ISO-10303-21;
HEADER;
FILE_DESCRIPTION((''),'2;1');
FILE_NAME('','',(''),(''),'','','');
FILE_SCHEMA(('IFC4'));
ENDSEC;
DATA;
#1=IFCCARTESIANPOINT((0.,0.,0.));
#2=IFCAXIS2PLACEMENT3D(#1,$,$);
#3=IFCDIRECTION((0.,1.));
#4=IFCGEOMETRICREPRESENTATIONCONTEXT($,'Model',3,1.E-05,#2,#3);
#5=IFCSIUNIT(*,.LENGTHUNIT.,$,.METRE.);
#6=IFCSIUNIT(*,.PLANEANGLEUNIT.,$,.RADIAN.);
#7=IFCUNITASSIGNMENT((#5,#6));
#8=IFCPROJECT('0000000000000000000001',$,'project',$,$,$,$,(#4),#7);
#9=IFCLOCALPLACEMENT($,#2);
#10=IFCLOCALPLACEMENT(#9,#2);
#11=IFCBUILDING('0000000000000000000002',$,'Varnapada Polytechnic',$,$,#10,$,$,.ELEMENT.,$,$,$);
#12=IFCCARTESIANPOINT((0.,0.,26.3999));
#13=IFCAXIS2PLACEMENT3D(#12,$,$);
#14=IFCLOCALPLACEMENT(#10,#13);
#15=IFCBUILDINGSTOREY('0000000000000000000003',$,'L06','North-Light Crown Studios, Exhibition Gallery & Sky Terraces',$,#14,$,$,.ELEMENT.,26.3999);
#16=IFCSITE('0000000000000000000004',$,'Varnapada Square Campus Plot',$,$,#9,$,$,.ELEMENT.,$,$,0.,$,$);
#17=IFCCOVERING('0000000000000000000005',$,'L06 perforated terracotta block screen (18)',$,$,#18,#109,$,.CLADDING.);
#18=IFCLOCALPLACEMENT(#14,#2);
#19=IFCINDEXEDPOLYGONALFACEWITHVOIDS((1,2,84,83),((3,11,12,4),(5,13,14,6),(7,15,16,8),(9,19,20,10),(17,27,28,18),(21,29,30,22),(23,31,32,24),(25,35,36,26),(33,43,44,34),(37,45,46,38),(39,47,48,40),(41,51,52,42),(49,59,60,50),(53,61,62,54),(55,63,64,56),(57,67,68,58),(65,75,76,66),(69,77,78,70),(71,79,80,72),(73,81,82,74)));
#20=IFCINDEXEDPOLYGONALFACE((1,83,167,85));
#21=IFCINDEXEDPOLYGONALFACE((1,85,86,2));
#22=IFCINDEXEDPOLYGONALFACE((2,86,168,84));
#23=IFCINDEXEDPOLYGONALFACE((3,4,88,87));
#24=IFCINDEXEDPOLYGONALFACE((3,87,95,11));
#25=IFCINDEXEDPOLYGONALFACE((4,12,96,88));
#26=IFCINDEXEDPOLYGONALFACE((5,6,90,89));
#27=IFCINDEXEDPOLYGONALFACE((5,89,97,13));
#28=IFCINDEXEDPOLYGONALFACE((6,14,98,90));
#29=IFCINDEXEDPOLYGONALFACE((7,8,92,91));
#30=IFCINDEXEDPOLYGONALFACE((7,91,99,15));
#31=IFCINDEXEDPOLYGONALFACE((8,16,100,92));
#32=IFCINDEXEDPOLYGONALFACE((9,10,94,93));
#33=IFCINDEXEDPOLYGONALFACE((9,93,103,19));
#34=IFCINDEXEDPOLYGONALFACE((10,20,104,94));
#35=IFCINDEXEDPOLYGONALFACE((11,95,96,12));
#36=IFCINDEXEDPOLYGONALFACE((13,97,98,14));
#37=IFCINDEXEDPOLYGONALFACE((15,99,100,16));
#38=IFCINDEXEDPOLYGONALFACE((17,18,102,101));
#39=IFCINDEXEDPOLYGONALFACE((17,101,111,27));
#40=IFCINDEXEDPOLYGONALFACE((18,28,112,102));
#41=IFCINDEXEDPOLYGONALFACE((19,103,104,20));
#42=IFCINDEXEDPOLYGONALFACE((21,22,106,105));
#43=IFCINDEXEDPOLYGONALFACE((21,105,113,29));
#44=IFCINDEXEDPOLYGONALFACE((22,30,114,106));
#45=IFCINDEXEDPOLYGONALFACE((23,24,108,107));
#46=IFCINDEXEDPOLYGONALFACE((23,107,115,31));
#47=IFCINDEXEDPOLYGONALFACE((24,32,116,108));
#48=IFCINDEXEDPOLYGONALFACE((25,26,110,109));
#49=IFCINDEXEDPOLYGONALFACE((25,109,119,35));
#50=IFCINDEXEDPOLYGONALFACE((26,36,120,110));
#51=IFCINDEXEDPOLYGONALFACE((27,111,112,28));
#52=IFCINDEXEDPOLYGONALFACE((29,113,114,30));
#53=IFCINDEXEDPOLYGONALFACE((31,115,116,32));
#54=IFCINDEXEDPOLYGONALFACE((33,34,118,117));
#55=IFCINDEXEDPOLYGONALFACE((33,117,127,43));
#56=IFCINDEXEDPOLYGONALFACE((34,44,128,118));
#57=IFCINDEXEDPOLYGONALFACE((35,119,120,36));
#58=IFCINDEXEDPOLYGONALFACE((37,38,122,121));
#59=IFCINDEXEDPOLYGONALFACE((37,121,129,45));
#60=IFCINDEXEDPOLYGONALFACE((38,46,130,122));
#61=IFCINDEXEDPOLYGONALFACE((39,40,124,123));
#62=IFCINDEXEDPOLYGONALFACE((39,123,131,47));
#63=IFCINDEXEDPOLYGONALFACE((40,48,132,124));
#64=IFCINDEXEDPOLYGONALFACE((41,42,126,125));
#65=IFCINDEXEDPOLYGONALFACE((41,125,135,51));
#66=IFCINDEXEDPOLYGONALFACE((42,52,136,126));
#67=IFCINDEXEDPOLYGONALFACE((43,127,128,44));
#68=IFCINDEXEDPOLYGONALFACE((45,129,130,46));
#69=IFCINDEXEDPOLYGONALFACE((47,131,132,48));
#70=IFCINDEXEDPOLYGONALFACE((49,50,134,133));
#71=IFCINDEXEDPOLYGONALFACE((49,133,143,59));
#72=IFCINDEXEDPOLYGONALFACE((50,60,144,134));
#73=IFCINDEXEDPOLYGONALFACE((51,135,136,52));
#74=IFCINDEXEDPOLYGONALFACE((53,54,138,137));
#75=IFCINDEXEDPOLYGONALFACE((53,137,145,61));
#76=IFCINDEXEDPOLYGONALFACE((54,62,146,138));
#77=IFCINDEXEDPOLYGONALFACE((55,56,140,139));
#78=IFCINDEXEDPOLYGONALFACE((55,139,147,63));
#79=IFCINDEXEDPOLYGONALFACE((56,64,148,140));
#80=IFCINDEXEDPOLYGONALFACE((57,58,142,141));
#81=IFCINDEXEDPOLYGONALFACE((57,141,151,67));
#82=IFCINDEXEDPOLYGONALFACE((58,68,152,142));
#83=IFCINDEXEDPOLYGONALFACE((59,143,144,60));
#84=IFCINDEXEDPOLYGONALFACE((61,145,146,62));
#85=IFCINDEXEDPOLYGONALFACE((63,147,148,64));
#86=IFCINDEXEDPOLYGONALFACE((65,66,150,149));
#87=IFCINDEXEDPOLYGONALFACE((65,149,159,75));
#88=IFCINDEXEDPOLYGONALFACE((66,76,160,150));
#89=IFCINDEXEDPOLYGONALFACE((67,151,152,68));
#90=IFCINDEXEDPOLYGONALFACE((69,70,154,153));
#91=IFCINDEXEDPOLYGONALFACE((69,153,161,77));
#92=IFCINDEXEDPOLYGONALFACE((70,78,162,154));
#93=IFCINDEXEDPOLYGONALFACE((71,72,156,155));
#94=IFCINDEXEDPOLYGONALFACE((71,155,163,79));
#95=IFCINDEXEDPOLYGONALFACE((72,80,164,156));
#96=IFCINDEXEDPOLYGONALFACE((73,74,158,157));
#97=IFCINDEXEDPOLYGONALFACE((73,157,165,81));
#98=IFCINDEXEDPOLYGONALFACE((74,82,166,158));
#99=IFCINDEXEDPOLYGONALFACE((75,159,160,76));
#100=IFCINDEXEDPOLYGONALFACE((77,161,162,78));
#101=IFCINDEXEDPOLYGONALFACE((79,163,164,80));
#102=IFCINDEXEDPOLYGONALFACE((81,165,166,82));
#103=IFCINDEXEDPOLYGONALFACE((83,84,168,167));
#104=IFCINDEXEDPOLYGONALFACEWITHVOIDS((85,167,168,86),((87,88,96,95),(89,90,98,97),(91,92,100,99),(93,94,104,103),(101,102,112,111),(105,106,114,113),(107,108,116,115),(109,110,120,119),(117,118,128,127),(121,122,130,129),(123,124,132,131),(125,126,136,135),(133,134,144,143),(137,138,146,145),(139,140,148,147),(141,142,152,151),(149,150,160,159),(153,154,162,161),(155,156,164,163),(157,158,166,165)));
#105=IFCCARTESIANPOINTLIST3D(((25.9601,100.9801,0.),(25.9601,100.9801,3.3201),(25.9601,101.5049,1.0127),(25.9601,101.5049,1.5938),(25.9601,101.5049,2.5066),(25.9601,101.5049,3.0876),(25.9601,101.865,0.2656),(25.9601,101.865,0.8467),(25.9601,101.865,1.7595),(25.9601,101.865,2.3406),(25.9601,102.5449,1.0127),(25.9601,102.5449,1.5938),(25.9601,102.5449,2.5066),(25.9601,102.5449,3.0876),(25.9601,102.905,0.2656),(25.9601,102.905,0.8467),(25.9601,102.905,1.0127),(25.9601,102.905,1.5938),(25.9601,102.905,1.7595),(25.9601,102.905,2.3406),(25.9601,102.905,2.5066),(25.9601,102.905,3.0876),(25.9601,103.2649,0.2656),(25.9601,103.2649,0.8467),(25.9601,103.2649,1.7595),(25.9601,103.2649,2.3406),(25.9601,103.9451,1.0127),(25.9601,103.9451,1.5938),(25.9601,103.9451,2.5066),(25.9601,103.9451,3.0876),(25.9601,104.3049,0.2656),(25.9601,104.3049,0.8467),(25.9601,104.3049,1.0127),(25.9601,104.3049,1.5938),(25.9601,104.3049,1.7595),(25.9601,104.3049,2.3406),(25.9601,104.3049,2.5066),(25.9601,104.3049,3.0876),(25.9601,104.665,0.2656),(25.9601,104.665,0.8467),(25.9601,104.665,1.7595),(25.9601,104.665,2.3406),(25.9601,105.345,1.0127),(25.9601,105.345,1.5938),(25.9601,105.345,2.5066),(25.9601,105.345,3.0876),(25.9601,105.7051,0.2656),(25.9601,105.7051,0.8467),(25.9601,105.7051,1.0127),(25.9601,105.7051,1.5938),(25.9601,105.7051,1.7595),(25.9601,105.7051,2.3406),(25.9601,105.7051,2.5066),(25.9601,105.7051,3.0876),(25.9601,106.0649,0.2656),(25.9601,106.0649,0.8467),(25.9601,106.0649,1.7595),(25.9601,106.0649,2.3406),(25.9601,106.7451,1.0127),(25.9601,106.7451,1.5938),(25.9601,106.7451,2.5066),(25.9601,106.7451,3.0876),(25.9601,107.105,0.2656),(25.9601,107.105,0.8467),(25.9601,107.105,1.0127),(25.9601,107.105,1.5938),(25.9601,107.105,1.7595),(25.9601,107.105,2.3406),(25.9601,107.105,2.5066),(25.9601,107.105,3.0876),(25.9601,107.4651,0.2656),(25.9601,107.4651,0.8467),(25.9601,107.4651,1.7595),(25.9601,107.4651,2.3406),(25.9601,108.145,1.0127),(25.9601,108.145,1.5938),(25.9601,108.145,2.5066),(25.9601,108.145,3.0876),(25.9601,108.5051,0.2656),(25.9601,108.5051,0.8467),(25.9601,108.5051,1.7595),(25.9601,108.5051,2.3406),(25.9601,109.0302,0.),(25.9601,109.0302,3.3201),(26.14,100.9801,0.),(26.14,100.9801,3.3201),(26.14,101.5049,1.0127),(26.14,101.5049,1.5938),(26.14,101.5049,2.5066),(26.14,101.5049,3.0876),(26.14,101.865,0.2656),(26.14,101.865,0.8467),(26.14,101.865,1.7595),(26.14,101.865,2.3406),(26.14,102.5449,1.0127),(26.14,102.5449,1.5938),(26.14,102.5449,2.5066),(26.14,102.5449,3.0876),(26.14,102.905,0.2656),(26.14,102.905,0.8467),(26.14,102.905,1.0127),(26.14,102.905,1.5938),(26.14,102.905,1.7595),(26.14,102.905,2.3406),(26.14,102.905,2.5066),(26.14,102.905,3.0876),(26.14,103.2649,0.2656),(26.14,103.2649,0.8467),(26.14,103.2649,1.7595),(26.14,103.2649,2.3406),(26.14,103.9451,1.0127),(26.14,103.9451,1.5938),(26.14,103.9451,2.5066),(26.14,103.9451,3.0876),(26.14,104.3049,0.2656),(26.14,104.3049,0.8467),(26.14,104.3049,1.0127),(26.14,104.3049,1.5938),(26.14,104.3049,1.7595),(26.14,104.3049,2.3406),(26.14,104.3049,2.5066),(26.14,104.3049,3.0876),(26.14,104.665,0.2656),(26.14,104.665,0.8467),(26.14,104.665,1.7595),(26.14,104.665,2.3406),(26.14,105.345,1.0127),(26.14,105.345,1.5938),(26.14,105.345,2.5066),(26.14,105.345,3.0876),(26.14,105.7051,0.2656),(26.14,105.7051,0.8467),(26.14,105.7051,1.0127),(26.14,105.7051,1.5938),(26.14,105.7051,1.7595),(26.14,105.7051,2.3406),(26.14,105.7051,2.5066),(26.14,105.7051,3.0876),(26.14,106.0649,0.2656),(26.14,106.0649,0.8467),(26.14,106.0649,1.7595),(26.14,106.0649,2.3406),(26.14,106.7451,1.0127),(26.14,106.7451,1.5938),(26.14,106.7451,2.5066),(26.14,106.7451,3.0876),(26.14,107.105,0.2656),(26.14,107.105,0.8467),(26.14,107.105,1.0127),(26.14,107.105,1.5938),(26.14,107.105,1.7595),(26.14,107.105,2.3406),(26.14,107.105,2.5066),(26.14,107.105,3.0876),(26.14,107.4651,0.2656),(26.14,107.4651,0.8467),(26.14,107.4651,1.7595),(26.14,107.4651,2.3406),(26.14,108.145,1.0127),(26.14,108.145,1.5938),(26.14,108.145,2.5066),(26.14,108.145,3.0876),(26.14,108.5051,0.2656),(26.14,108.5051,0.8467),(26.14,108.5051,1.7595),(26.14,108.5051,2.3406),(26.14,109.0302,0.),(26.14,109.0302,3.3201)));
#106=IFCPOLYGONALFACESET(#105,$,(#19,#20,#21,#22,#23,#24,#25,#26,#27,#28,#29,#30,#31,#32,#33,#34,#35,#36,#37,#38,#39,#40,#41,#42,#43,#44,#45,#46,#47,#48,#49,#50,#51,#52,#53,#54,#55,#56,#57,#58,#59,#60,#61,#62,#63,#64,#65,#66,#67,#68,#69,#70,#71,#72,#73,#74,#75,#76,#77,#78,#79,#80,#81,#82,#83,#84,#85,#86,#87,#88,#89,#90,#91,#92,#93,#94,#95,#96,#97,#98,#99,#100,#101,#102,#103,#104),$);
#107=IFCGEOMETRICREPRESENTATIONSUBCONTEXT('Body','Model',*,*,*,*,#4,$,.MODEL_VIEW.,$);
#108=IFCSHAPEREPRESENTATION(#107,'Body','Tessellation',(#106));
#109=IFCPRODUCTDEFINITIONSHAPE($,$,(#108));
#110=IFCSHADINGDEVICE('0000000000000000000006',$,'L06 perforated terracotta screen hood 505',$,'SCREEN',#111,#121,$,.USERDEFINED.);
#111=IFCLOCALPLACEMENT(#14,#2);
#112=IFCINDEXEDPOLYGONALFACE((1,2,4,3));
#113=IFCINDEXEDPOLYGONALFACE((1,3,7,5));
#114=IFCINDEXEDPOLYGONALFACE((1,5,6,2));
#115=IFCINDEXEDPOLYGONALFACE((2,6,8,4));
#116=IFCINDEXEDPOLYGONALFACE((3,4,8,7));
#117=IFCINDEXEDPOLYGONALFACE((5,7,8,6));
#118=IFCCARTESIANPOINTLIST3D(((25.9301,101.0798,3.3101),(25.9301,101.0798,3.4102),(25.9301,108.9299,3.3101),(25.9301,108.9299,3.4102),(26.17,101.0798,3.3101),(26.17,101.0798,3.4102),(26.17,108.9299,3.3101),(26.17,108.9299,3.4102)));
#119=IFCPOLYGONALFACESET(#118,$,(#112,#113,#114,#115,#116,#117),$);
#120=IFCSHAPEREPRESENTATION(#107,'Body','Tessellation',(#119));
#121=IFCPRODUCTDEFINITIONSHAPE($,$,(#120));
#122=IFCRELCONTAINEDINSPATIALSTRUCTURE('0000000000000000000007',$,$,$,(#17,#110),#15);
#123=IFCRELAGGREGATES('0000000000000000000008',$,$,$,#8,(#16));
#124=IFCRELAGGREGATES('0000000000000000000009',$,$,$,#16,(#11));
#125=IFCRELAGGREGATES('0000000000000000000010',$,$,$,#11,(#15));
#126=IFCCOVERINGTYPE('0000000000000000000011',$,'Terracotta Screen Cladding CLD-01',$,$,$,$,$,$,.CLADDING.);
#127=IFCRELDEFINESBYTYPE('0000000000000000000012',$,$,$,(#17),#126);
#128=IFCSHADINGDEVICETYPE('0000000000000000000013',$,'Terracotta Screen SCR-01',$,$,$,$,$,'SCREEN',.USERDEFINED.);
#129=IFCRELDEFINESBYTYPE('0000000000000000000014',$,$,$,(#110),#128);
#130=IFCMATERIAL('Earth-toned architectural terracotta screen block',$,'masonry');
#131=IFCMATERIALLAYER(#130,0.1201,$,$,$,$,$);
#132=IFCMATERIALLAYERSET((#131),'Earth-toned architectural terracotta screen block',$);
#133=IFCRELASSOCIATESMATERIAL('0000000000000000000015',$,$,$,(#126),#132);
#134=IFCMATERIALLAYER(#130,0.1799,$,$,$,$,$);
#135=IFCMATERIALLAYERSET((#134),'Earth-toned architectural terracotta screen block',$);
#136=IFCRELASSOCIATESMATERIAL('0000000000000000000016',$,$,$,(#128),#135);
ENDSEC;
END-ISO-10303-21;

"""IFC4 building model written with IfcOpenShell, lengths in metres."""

from ifc_helpers import new_model, si_unit, direction, frame, frame_2d, origin, origin_2d, place, context, subcontext, project, spatial, rectangle, extrude, material, layer, layer_set, type_object, element, save


model = new_model("IFC4")

# Units and contexts
model_context = context("Model", 3, precision=1e-05, world=origin(), true_north=direction((0.0, 1.0)))
body_context = subcontext(model_context, "Body", "Model", "MODEL_VIEW")
ifc_project = project(units=[si_unit("LENGTHUNIT", "METRE"), si_unit("PLANEANGLEUNIT", "RADIAN")], contexts=[model_context])

# Site, building, storey
site_placement = place(None, origin())
site = spatial("IfcSite", under=ifc_project, at=site_placement, Name="Varnapada Square Campus Plot", CompositionType="ELEMENT", RefElevation=0.0)
building_placement = place(site_placement, origin())
building = spatial("IfcBuilding", under=site, at=building_placement, Name="Varnapada Polytechnic", CompositionType="ELEMENT")
storey_placement = place(building_placement, frame((0.0, 0.0, 26.3999)))
storey = spatial("IfcBuildingStorey", under=building, at=storey_placement, Name="L06", Description="North-Light Crown Studios, Exhibition Gallery & Sky Terraces", CompositionType="ELEMENT", Elevation=26.3999)

# Covering, openings
ifc_material_1 = material(Name="Earth-toned architectural terracotta screen block", Category="masonry")
ifc_layer_1 = layer(ifc_material_1, 0.1201)
ifc_layer_set_1 = layer_set([ifc_layer_1], Name="Earth-toned architectural terracotta screen block")
covering_type_1 = type_object("IfcCoveringType", Name="Terracotta Screen Cladding CLD-01", PredefinedType="CLADDING", material=ifc_layer_set_1)
covering_1_placement = place(storey_placement, frame((26.05, 109.03, 0.0), z_axis=(0.0, 0.0, 1.0), x_axis=(0.0, -1.0, 0.0)))
covering_1 = element("IfcCovering", 1, at=covering_1_placement, inside=storey, type_object=covering_type_1, Name="L06 perforated terracotta block screen (18)", PredefinedType="CLADDING", context=body_context, shape_type="SweptSolid", body=[
    extrude(rectangle(XDim=8.05, YDim=0.1799, at=frame_2d((4.0249, 0.0))), origin(), (0.0, 0.0, 1.0), 3.3201),
])
opening_1_placement = place(covering_1_placement, frame((0.5249, 0.0, 0.2656)))
element("IfcOpeningElement", 2, at=opening_1_placement, cuts=covering_1, PredefinedType="OPENING", context=body_context, shape_type="SweptSolid", body=[
    extrude(rectangle(XDim=1.04, YDim=0.5811, at=frame_2d((0.52, 0.2905))), frame((0.0, 0.0999, 0.0), z_axis=(0.0, -1.0, 0.0), x_axis=(1.0, 0.0, 0.0)), (0.0, 0.0, 1.0), 0.2),
])
opening_2_placement = place(covering_1_placement, frame((1.925, 0.0, 0.2656)))
element("IfcOpeningElement", 3, at=opening_2_placement, cuts=covering_1, PredefinedType="OPENING", context=body_context, shape_type="SweptSolid", body=[
    extrude(rectangle(XDim=1.04, YDim=0.5811, at=frame_2d((0.52, 0.2905))), frame((0.0, 0.0999, 0.0), z_axis=(0.0, -1.0, 0.0), x_axis=(1.0, 0.0, 0.0)), (0.0, 0.0, 1.0), 0.2),
])
opening_3_placement = place(covering_1_placement, frame((3.325, 0.0, 0.2656)))
element("IfcOpeningElement", 4, at=opening_3_placement, cuts=covering_1, PredefinedType="OPENING", context=body_context, shape_type="SweptSolid", body=[
    extrude(rectangle(XDim=1.04, YDim=0.5811, at=frame_2d((0.52, 0.2905))), frame((0.0, 0.0999, 0.0), z_axis=(0.0, -1.0, 0.0), x_axis=(1.0, 0.0, 0.0)), (0.0, 0.0, 1.0), 0.2),
])
opening_4_placement = place(covering_1_placement, frame((4.7251, 0.0, 0.2656)))
element("IfcOpeningElement", 5, at=opening_4_placement, cuts=covering_1, PredefinedType="OPENING", context=body_context, shape_type="SweptSolid", body=[
    extrude(rectangle(XDim=1.04, YDim=0.5811, at=frame_2d((0.52, 0.2905))), frame((0.0, 0.0999, 0.0), z_axis=(0.0, -1.0, 0.0), x_axis=(1.0, 0.0, 0.0)), (0.0, 0.0, 1.0), 0.2),
])
opening_5_placement = place(covering_1_placement, frame((6.125, 0.0, 0.2656)))
element("IfcOpeningElement", 6, at=opening_5_placement, cuts=covering_1, PredefinedType="OPENING", context=body_context, shape_type="SweptSolid", body=[
    extrude(rectangle(XDim=1.04, YDim=0.5811, at=frame_2d((0.52, 0.2905))), frame((0.0, 0.0999, 0.0), z_axis=(0.0, -1.0, 0.0), x_axis=(1.0, 0.0, 0.0)), (0.0, 0.0, 1.0), 0.2),
])
opening_6_placement = place(covering_1_placement, frame((0.885, 0.0, 1.0127)))
element("IfcOpeningElement", 7, at=opening_6_placement, cuts=covering_1, PredefinedType="OPENING", context=body_context, shape_type="SweptSolid", body=[
    extrude(rectangle(XDim=1.04, YDim=0.5811, at=frame_2d((0.52, 0.2905))), frame((0.0, 0.0999, 0.0), z_axis=(0.0, -1.0, 0.0), x_axis=(1.0, 0.0, 0.0)), (0.0, 0.0, 1.0), 0.2),
])
opening_7_placement = place(covering_1_placement, frame((2.2849, 0.0, 1.0127)))
element("IfcOpeningElement", 8, at=opening_7_placement, cuts=covering_1, PredefinedType="OPENING", context=body_context, shape_type="SweptSolid", body=[
    extrude(rectangle(XDim=1.04, YDim=0.5811, at=frame_2d((0.52, 0.2905))), frame((0.0, 0.0999, 0.0), z_axis=(0.0, -1.0, 0.0), x_axis=(1.0, 0.0, 0.0)), (0.0, 0.0, 1.0), 0.2),
])
opening_8_placement = place(covering_1_placement, frame((3.6851, 0.0, 1.0127)))
element("IfcOpeningElement", 9, at=opening_8_placement, cuts=covering_1, PredefinedType="OPENING", context=body_context, shape_type="SweptSolid", body=[
    extrude(rectangle(XDim=1.04, YDim=0.5811, at=frame_2d((0.52, 0.2905))), frame((0.0, 0.0999, 0.0), z_axis=(0.0, -1.0, 0.0), x_axis=(1.0, 0.0, 0.0)), (0.0, 0.0, 1.0), 0.2),
])
opening_9_placement = place(covering_1_placement, frame((5.085, 0.0, 1.0127)))
element("IfcOpeningElement", 10, at=opening_9_placement, cuts=covering_1, PredefinedType="OPENING", context=body_context, shape_type="SweptSolid", body=[
    extrude(rectangle(XDim=1.04, YDim=0.5811, at=frame_2d((0.52, 0.2905))), frame((0.0, 0.0999, 0.0), z_axis=(0.0, -1.0, 0.0), x_axis=(1.0, 0.0, 0.0)), (0.0, 0.0, 1.0), 0.2),
])
opening_10_placement = place(covering_1_placement, frame((6.4851, 0.0, 1.0127)))
element("IfcOpeningElement", 11, at=opening_10_placement, cuts=covering_1, PredefinedType="OPENING", context=body_context, shape_type="SweptSolid", body=[
    extrude(rectangle(XDim=1.04, YDim=0.5811, at=frame_2d((0.52, 0.2905))), frame((0.0, 0.0999, 0.0), z_axis=(0.0, -1.0, 0.0), x_axis=(1.0, 0.0, 0.0)), (0.0, 0.0, 1.0), 0.2),
])
opening_11_placement = place(covering_1_placement, frame((0.5249, 0.0, 1.7595)))
element("IfcOpeningElement", 12, at=opening_11_placement, cuts=covering_1, PredefinedType="OPENING", context=body_context, shape_type="SweptSolid", body=[
    extrude(rectangle(XDim=1.04, YDim=0.5811, at=frame_2d((0.52, 0.2905))), frame((0.0, 0.0999, 0.0), z_axis=(0.0, -1.0, 0.0), x_axis=(1.0, 0.0, 0.0)), (0.0, 0.0, 1.0), 0.2),
])
opening_12_placement = place(covering_1_placement, frame((1.925, 0.0, 1.7595)))
element("IfcOpeningElement", 13, at=opening_12_placement, cuts=covering_1, PredefinedType="OPENING", context=body_context, shape_type="SweptSolid", body=[
    extrude(rectangle(XDim=1.04, YDim=0.5811, at=frame_2d((0.52, 0.2905))), frame((0.0, 0.0999, 0.0), z_axis=(0.0, -1.0, 0.0), x_axis=(1.0, 0.0, 0.0)), (0.0, 0.0, 1.0), 0.2),
])
opening_13_placement = place(covering_1_placement, frame((3.325, 0.0, 1.7595)))
element("IfcOpeningElement", 14, at=opening_13_placement, cuts=covering_1, PredefinedType="OPENING", context=body_context, shape_type="SweptSolid", body=[
    extrude(rectangle(XDim=1.04, YDim=0.5811, at=frame_2d((0.52, 0.2905))), frame((0.0, 0.0999, 0.0), z_axis=(0.0, -1.0, 0.0), x_axis=(1.0, 0.0, 0.0)), (0.0, 0.0, 1.0), 0.2),
])
opening_14_placement = place(covering_1_placement, frame((4.7251, 0.0, 1.7595)))
element("IfcOpeningElement", 15, at=opening_14_placement, cuts=covering_1, PredefinedType="OPENING", context=body_context, shape_type="SweptSolid", body=[
    extrude(rectangle(XDim=1.04, YDim=0.5811, at=frame_2d((0.52, 0.2905))), frame((0.0, 0.0999, 0.0), z_axis=(0.0, -1.0, 0.0), x_axis=(1.0, 0.0, 0.0)), (0.0, 0.0, 1.0), 0.2),
])
opening_15_placement = place(covering_1_placement, frame((6.125, 0.0, 1.7595)))
element("IfcOpeningElement", 16, at=opening_15_placement, cuts=covering_1, PredefinedType="OPENING", context=body_context, shape_type="SweptSolid", body=[
    extrude(rectangle(XDim=1.04, YDim=0.5811, at=frame_2d((0.52, 0.2905))), frame((0.0, 0.0999, 0.0), z_axis=(0.0, -1.0, 0.0), x_axis=(1.0, 0.0, 0.0)), (0.0, 0.0, 1.0), 0.2),
])
opening_16_placement = place(covering_1_placement, frame((0.885, 0.0, 2.5066)))
element("IfcOpeningElement", 17, at=opening_16_placement, cuts=covering_1, PredefinedType="OPENING", context=body_context, shape_type="SweptSolid", body=[
    extrude(rectangle(XDim=1.04, YDim=0.5811, at=frame_2d((0.52, 0.2905))), frame((0.0, 0.0999, 0.0), z_axis=(0.0, -1.0, 0.0), x_axis=(1.0, 0.0, 0.0)), (0.0, 0.0, 1.0), 0.2),
])
opening_17_placement = place(covering_1_placement, frame((2.2849, 0.0, 2.5066)))
element("IfcOpeningElement", 18, at=opening_17_placement, cuts=covering_1, PredefinedType="OPENING", context=body_context, shape_type="SweptSolid", body=[
    extrude(rectangle(XDim=1.04, YDim=0.5811, at=frame_2d((0.52, 0.2905))), frame((0.0, 0.0999, 0.0), z_axis=(0.0, -1.0, 0.0), x_axis=(1.0, 0.0, 0.0)), (0.0, 0.0, 1.0), 0.2),
])
opening_18_placement = place(covering_1_placement, frame((3.6851, 0.0, 2.5066)))
element("IfcOpeningElement", 19, at=opening_18_placement, cuts=covering_1, PredefinedType="OPENING", context=body_context, shape_type="SweptSolid", body=[
    extrude(rectangle(XDim=1.04, YDim=0.5811, at=frame_2d((0.52, 0.2905))), frame((0.0, 0.0999, 0.0), z_axis=(0.0, -1.0, 0.0), x_axis=(1.0, 0.0, 0.0)), (0.0, 0.0, 1.0), 0.2),
])
opening_19_placement = place(covering_1_placement, frame((5.085, 0.0, 2.5066)))
element("IfcOpeningElement", 20, at=opening_19_placement, cuts=covering_1, PredefinedType="OPENING", context=body_context, shape_type="SweptSolid", body=[
    extrude(rectangle(XDim=1.04, YDim=0.5811, at=frame_2d((0.52, 0.2905))), frame((0.0, 0.0999, 0.0), z_axis=(0.0, -1.0, 0.0), x_axis=(1.0, 0.0, 0.0)), (0.0, 0.0, 1.0), 0.2),
])
opening_20_placement = place(covering_1_placement, frame((6.4851, 0.0, 2.5066)))
element("IfcOpeningElement", 21, at=opening_20_placement, cuts=covering_1, PredefinedType="OPENING", context=body_context, shape_type="SweptSolid", body=[
    extrude(rectangle(XDim=1.04, YDim=0.5811, at=frame_2d((0.52, 0.2905))), frame((0.0, 0.0999, 0.0), z_axis=(0.0, -1.0, 0.0), x_axis=(1.0, 0.0, 0.0)), (0.0, 0.0, 1.0), 0.2),
])

# Shading device
ifc_layer_2 = layer(ifc_material_1, 0.1799)
ifc_layer_set_2 = layer_set([ifc_layer_2], Name="Earth-toned architectural terracotta screen block")
shading_device_type = type_object("IfcShadingDeviceType", Name="Terracotta Screen SCR-01", ElementType="SCREEN", PredefinedType="USERDEFINED", material=ifc_layer_set_2)
shading_device_placement = place(storey_placement, frame((26.05, 105.0049, 3.3101), z_axis=(0.0, 0.0, 1.0), x_axis=(0.0, -1.0, 0.0)))
element("IfcShadingDevice", 22, at=shading_device_placement, inside=storey, type_object=shading_device_type, Name="L06 perforated terracotta screen hood 505", ObjectType="SCREEN", PredefinedType="USERDEFINED", context=body_context, shape_type="SweptSolid", body=[
    extrude(rectangle(XDim=7.8501, YDim=0.24, at=origin_2d()), origin(), (0.0, 0.0, 1.0), 0.1001),
])

save(model, "model.ifc")
